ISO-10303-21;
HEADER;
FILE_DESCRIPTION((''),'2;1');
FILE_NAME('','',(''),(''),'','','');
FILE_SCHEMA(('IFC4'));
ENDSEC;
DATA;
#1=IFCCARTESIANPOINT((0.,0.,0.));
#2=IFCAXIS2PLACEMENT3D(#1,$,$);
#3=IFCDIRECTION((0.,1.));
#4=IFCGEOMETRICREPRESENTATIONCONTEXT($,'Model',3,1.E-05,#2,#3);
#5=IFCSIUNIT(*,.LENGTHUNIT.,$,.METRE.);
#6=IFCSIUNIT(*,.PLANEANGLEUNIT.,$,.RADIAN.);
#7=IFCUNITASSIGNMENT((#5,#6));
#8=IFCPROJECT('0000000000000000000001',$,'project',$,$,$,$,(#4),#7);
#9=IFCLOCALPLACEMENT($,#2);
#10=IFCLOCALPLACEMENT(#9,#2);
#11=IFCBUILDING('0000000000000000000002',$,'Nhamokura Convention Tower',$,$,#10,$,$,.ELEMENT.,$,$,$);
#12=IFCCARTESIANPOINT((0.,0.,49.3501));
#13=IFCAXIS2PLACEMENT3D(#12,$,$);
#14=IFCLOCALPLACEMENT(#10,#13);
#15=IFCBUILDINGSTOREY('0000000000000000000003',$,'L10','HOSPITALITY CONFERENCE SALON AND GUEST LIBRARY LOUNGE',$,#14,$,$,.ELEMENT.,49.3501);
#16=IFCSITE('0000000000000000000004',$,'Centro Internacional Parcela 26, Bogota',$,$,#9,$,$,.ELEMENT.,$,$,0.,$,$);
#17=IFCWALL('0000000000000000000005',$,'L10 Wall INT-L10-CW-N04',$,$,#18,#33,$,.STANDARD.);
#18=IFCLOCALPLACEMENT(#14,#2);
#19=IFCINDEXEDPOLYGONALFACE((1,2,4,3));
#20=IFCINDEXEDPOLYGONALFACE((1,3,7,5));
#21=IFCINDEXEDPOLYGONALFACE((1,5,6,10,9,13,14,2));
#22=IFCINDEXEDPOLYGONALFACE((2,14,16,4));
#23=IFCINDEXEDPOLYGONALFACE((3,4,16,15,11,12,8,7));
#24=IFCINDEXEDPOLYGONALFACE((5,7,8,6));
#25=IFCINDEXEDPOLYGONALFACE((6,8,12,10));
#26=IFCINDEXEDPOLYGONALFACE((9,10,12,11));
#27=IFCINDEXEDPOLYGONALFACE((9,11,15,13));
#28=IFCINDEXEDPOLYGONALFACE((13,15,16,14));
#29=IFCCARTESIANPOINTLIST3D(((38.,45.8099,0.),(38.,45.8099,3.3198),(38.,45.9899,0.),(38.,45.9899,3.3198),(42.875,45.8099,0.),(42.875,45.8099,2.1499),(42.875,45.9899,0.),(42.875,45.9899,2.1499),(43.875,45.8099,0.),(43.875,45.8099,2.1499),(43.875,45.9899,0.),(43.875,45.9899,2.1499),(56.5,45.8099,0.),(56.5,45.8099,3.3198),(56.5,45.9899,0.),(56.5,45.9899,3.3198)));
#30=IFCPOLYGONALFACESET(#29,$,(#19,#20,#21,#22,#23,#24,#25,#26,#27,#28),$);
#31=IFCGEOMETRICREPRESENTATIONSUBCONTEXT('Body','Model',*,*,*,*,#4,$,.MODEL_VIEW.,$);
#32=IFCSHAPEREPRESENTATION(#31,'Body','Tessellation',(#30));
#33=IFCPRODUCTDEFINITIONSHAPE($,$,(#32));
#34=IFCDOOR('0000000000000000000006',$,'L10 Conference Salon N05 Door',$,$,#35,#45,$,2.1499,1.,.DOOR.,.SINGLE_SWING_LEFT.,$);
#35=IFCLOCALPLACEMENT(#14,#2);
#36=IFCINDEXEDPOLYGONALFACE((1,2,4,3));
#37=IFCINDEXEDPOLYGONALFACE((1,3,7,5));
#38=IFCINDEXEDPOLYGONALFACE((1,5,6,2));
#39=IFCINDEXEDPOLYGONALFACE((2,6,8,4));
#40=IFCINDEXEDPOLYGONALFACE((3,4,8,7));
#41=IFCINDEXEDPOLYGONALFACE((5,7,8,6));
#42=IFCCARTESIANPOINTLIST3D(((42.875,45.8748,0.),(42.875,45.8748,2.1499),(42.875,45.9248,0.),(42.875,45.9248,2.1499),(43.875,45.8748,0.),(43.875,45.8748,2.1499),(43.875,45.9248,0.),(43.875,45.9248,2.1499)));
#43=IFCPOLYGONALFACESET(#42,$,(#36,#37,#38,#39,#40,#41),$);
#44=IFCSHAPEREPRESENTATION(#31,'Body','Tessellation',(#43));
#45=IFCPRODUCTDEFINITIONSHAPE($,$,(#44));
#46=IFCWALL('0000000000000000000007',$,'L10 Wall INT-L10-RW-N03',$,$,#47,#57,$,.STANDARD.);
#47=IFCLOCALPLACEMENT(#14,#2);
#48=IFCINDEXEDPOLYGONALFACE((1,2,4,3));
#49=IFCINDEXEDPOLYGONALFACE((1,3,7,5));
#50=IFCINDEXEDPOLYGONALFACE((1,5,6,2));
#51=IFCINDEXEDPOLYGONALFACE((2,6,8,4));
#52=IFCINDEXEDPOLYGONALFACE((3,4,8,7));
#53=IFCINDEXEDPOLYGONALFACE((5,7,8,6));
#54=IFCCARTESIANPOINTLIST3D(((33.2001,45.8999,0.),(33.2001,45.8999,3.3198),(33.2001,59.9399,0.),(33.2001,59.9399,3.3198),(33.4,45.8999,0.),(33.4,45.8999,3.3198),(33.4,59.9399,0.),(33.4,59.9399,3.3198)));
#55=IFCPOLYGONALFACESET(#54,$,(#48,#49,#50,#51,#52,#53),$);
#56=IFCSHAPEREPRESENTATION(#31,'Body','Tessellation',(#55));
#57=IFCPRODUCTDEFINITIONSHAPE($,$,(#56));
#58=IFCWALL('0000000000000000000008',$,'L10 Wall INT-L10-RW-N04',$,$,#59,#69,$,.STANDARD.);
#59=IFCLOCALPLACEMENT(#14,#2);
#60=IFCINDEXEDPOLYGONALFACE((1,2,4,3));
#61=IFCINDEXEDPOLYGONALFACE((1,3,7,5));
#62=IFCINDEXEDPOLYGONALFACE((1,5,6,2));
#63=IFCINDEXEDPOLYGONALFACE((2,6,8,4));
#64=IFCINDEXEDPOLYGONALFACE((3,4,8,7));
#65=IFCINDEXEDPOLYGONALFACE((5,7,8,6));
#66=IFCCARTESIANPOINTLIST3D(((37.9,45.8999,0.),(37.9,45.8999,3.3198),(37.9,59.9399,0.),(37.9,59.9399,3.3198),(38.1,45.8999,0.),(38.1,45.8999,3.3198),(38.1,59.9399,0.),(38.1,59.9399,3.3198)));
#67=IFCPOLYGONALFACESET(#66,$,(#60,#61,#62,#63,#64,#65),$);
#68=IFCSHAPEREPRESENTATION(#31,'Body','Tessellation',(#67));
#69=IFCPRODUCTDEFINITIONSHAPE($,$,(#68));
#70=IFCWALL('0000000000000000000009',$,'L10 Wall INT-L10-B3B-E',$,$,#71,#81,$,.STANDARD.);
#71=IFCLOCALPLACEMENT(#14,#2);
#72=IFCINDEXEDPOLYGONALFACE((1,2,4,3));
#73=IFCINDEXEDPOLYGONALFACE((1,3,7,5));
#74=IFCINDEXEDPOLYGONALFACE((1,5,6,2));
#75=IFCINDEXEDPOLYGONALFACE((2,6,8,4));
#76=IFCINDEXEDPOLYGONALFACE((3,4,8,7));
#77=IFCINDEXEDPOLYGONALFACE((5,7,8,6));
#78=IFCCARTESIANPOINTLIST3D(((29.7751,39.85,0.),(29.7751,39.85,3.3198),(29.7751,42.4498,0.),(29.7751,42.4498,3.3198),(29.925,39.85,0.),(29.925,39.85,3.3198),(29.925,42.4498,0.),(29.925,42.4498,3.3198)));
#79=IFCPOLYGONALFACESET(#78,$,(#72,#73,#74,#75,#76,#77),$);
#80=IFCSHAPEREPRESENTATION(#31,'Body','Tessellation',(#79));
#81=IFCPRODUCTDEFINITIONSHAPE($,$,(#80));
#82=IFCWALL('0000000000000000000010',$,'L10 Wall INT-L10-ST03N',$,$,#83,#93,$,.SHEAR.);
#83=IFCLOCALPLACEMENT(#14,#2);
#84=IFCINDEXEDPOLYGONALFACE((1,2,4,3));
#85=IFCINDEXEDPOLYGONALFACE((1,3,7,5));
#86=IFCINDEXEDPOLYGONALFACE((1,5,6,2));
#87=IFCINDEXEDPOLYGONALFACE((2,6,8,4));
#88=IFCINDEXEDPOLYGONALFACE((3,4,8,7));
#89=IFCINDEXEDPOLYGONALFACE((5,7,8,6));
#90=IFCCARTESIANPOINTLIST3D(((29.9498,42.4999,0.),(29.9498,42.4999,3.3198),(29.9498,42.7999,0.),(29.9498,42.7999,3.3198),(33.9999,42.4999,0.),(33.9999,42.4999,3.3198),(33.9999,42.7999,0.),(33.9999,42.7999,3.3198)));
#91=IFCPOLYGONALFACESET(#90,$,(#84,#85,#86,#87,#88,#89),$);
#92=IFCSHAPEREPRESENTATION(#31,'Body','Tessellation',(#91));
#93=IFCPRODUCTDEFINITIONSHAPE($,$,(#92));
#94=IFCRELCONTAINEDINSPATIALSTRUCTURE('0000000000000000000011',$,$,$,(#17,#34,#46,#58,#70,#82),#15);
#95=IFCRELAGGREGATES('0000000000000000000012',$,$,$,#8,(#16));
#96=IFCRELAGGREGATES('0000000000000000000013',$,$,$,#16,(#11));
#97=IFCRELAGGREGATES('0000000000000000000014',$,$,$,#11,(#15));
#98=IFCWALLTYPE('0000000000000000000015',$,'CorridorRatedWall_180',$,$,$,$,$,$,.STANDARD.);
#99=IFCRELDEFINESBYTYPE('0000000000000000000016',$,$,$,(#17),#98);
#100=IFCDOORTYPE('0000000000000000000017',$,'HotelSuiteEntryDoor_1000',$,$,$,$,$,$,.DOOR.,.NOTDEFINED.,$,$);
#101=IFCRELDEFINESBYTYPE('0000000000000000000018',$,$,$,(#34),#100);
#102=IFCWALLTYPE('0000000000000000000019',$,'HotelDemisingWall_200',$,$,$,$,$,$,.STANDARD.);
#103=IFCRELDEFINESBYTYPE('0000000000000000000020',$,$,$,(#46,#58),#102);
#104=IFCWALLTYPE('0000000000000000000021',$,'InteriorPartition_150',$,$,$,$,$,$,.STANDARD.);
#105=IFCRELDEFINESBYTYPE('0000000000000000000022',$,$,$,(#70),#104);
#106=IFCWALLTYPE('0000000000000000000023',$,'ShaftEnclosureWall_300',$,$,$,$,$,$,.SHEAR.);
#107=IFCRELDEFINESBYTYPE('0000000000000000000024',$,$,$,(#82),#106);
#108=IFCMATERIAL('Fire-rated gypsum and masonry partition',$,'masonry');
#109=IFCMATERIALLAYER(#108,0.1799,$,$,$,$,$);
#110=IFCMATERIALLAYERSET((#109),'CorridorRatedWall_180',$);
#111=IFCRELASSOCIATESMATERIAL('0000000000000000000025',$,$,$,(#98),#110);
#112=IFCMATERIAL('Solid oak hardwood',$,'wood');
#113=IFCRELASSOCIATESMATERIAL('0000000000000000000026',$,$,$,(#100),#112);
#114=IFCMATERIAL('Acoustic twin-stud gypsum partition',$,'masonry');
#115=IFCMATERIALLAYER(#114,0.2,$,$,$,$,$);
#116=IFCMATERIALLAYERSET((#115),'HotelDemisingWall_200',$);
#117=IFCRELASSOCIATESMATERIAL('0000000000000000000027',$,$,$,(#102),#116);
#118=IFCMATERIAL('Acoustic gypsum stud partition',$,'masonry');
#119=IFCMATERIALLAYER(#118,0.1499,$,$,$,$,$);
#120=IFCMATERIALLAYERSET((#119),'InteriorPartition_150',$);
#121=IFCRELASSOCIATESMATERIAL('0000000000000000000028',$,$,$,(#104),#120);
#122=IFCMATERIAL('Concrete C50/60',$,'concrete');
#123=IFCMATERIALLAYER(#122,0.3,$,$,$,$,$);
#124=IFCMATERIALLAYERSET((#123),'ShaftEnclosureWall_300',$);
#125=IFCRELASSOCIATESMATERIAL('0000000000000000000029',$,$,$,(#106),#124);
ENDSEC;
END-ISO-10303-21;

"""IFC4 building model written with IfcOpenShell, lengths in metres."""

from ifc_helpers import new_model, si_unit, direction, frame, frame_2d, origin, place, context, subcontext, project, spatial, rectangle, extrude, material, layer, layer_set, type_object, element, fill, save


model = new_model("IFC4")

# Units and contexts
model_context = context("Model", 3, precision=1e-05, world=origin(), true_north=direction((0.0, 1.0)))
body_context = subcontext(model_context, "Body", "Model", "MODEL_VIEW")
ifc_project = project(units=[si_unit("LENGTHUNIT", "METRE"), si_unit("PLANEANGLEUNIT", "RADIAN")], contexts=[model_context])

# Site, building, storey
site_placement = place(None, origin())
site = spatial("IfcSite", under=ifc_project, at=site_placement, Name="Centro Internacional Parcela 26, Bogota", CompositionType="ELEMENT", RefElevation=0.0)
building_placement = place(site_placement, origin())
building = spatial("IfcBuilding", under=site, at=building_placement, Name="Nhamokura Convention Tower", CompositionType="ELEMENT")
storey_placement = place(building_placement, frame((0.0, 0.0, 49.3501)))
storey = spatial("IfcBuildingStorey", under=building, at=storey_placement, Name="L10", Description="HOSPITALITY CONFERENCE SALON AND GUEST LIBRARY LOUNGE", CompositionType="ELEMENT", Elevation=49.3501)

# Wall, opening, door
ifc_material_1 = material(Name="Fire-rated gypsum and masonry partition", Category="masonry")
ifc_layer_1 = layer(ifc_material_1, 0.1799)
ifc_layer_set_1 = layer_set([ifc_layer_1], Name="CorridorRatedWall_180")
wall_type_1 = type_object("IfcWallType", Name="CorridorRatedWall_180", PredefinedType="STANDARD", material=ifc_layer_set_1)
ifc_material_2 = material(Name="Solid oak hardwood", Category="wood")
door_type_1 = type_object("IfcDoorType", Name="HotelSuiteEntryDoor_1000", OperationType="NOTDEFINED", PredefinedType="DOOR", material=ifc_material_2)
wall_1_placement = place(storey_placement, frame((38.0, 45.8999, 0.0), z_axis=(0.0, 0.0, 1.0), x_axis=(1.0, 0.0, 0.0)))
wall_1 = element("IfcWall", 1, at=wall_1_placement, inside=storey, type_object=wall_type_1, Name="L10 Wall INT-L10-CW-N04", PredefinedType="STANDARD", context=body_context, shape_type="SweptSolid", body=[
    extrude(rectangle(XDim=18.5, YDim=0.1799, at=frame_2d((9.25, 0.0))), origin(), (0.0, 0.0, 1.0), 3.3198),
])
opening_1_placement = place(wall_1_placement, frame((4.875, 0.0, 0.0)))
opening_1 = element("IfcOpeningElement", 2, at=opening_1_placement, cuts=wall_1, PredefinedType="OPENING", context=body_context, shape_type="SweptSolid", body=[
    extrude(rectangle(XDim=1.0, YDim=2.1499, at=frame_2d((0.5, 1.075))), frame((0.0, 0.0999, 0.0), z_axis=(0.0, -1.0, 0.0), x_axis=(1.0, 0.0, 0.0)), (0.0, 0.0, 1.0), 0.2),
])
door_1_placement = place(opening_1_placement, origin())
door_1 = element("IfcDoor", 3, at=door_1_placement, inside=storey, type_object=door_type_1, Name="L10 Conference Salon N05 Door", OperationType="SINGLE_SWING_LEFT", OverallHeight=2.1499, OverallWidth=1.0, PredefinedType="DOOR", context=body_context, shape_type="SweptSolid", body=[
    extrude(rectangle(XDim=1.0, YDim=2.1499, at=frame_2d((0.5, 1.075))), frame((0.0, 0.0249, 0.0), z_axis=(0.0, -1.0, 0.0), x_axis=(1.0, 0.0, 0.0)), (0.0, 0.0, 1.0), 0.05),
])
fill(opening_1, door_1)

# Walls
ifc_material_3 = material(Name="Acoustic twin-stud gypsum partition", Category="masonry")
ifc_layer_2 = layer(ifc_material_3, 0.2)
ifc_layer_set_2 = layer_set([ifc_layer_2], Name="HotelDemisingWall_200")
wall_type_2 = type_object("IfcWallType", Name="HotelDemisingWall_200", PredefinedType="STANDARD", material=ifc_layer_set_2)
for number, where, z_axis, x_axis, name in (
    (4, (33.3, 45.8999, 0.0), (0.0, 0.0, 1.0), (0.0, 1.0, 0.0), "L10 Wall INT-L10-RW-N03"),
    (5, (38.0, 45.8999, 0.0), (0.0, 0.0, 1.0), (0.0, 1.0, 0.0), "L10 Wall INT-L10-RW-N04"),
):
    element("IfcWall", number, at=place(storey_placement, frame(where, z_axis=z_axis, x_axis=x_axis)), inside=storey, type_object=wall_type_2, Name=name, PredefinedType="STANDARD", context=body_context, shape_type="SweptSolid", body=[
        extrude(rectangle(XDim=14.04, YDim=0.2, at=frame_2d((7.02, 0.0))), origin(), (0.0, 0.0, 1.0), 3.3198),
    ])
ifc_material_4 = material(Name="Acoustic gypsum stud partition", Category="masonry")
ifc_layer_3 = layer(ifc_material_4, 0.1499)
ifc_layer_set_3 = layer_set([ifc_layer_3], Name="InteriorPartition_150")
wall_type_3 = type_object("IfcWallType", Name="InteriorPartition_150", PredefinedType="STANDARD", material=ifc_layer_set_3)
wall_2_placement = place(storey_placement, frame((29.8501, 39.8501, 0.0), z_axis=(0.0, 0.0, 1.0), x_axis=(0.0, 1.0, 0.0)))
element("IfcWall", 6, at=wall_2_placement, inside=storey, type_object=wall_type_3, Name="L10 Wall INT-L10-B3B-E", PredefinedType="STANDARD", context=body_context, shape_type="SweptSolid", body=[
    extrude(rectangle(XDim=2.5999, YDim=0.1499, at=frame_2d((1.2998, 0.0))), origin(), (0.0, 0.0, 1.0), 3.3198),
])
ifc_material_5 = material(Name="Concrete C50/60", Category="concrete")
ifc_layer_4 = layer(ifc_material_5, 0.3)
ifc_layer_set_4 = layer_set([ifc_layer_4], Name="ShaftEnclosureWall_300")
wall_type_4 = type_object("IfcWallType", Name="ShaftEnclosureWall_300", PredefinedType="SHEAR", material=ifc_layer_set_4)
wall_3_placement = place(storey_placement, frame((29.95, 42.6499, 0.0), z_axis=(0.0, 0.0, 1.0), x_axis=(1.0, 0.0, 0.0)))
element("IfcWall", 7, at=wall_3_placement, inside=storey, type_object=wall_type_4, Name="L10 Wall INT-L10-ST03N", PredefinedType="SHEAR", context=body_context, shape_type="SweptSolid", body=[
    extrude(rectangle(XDim=4.05, YDim=0.3, at=frame_2d((2.0249, 0.0))), origin(), (0.0, 0.0, 1.0), 3.3198),
])

save(model, "model.ifc")
